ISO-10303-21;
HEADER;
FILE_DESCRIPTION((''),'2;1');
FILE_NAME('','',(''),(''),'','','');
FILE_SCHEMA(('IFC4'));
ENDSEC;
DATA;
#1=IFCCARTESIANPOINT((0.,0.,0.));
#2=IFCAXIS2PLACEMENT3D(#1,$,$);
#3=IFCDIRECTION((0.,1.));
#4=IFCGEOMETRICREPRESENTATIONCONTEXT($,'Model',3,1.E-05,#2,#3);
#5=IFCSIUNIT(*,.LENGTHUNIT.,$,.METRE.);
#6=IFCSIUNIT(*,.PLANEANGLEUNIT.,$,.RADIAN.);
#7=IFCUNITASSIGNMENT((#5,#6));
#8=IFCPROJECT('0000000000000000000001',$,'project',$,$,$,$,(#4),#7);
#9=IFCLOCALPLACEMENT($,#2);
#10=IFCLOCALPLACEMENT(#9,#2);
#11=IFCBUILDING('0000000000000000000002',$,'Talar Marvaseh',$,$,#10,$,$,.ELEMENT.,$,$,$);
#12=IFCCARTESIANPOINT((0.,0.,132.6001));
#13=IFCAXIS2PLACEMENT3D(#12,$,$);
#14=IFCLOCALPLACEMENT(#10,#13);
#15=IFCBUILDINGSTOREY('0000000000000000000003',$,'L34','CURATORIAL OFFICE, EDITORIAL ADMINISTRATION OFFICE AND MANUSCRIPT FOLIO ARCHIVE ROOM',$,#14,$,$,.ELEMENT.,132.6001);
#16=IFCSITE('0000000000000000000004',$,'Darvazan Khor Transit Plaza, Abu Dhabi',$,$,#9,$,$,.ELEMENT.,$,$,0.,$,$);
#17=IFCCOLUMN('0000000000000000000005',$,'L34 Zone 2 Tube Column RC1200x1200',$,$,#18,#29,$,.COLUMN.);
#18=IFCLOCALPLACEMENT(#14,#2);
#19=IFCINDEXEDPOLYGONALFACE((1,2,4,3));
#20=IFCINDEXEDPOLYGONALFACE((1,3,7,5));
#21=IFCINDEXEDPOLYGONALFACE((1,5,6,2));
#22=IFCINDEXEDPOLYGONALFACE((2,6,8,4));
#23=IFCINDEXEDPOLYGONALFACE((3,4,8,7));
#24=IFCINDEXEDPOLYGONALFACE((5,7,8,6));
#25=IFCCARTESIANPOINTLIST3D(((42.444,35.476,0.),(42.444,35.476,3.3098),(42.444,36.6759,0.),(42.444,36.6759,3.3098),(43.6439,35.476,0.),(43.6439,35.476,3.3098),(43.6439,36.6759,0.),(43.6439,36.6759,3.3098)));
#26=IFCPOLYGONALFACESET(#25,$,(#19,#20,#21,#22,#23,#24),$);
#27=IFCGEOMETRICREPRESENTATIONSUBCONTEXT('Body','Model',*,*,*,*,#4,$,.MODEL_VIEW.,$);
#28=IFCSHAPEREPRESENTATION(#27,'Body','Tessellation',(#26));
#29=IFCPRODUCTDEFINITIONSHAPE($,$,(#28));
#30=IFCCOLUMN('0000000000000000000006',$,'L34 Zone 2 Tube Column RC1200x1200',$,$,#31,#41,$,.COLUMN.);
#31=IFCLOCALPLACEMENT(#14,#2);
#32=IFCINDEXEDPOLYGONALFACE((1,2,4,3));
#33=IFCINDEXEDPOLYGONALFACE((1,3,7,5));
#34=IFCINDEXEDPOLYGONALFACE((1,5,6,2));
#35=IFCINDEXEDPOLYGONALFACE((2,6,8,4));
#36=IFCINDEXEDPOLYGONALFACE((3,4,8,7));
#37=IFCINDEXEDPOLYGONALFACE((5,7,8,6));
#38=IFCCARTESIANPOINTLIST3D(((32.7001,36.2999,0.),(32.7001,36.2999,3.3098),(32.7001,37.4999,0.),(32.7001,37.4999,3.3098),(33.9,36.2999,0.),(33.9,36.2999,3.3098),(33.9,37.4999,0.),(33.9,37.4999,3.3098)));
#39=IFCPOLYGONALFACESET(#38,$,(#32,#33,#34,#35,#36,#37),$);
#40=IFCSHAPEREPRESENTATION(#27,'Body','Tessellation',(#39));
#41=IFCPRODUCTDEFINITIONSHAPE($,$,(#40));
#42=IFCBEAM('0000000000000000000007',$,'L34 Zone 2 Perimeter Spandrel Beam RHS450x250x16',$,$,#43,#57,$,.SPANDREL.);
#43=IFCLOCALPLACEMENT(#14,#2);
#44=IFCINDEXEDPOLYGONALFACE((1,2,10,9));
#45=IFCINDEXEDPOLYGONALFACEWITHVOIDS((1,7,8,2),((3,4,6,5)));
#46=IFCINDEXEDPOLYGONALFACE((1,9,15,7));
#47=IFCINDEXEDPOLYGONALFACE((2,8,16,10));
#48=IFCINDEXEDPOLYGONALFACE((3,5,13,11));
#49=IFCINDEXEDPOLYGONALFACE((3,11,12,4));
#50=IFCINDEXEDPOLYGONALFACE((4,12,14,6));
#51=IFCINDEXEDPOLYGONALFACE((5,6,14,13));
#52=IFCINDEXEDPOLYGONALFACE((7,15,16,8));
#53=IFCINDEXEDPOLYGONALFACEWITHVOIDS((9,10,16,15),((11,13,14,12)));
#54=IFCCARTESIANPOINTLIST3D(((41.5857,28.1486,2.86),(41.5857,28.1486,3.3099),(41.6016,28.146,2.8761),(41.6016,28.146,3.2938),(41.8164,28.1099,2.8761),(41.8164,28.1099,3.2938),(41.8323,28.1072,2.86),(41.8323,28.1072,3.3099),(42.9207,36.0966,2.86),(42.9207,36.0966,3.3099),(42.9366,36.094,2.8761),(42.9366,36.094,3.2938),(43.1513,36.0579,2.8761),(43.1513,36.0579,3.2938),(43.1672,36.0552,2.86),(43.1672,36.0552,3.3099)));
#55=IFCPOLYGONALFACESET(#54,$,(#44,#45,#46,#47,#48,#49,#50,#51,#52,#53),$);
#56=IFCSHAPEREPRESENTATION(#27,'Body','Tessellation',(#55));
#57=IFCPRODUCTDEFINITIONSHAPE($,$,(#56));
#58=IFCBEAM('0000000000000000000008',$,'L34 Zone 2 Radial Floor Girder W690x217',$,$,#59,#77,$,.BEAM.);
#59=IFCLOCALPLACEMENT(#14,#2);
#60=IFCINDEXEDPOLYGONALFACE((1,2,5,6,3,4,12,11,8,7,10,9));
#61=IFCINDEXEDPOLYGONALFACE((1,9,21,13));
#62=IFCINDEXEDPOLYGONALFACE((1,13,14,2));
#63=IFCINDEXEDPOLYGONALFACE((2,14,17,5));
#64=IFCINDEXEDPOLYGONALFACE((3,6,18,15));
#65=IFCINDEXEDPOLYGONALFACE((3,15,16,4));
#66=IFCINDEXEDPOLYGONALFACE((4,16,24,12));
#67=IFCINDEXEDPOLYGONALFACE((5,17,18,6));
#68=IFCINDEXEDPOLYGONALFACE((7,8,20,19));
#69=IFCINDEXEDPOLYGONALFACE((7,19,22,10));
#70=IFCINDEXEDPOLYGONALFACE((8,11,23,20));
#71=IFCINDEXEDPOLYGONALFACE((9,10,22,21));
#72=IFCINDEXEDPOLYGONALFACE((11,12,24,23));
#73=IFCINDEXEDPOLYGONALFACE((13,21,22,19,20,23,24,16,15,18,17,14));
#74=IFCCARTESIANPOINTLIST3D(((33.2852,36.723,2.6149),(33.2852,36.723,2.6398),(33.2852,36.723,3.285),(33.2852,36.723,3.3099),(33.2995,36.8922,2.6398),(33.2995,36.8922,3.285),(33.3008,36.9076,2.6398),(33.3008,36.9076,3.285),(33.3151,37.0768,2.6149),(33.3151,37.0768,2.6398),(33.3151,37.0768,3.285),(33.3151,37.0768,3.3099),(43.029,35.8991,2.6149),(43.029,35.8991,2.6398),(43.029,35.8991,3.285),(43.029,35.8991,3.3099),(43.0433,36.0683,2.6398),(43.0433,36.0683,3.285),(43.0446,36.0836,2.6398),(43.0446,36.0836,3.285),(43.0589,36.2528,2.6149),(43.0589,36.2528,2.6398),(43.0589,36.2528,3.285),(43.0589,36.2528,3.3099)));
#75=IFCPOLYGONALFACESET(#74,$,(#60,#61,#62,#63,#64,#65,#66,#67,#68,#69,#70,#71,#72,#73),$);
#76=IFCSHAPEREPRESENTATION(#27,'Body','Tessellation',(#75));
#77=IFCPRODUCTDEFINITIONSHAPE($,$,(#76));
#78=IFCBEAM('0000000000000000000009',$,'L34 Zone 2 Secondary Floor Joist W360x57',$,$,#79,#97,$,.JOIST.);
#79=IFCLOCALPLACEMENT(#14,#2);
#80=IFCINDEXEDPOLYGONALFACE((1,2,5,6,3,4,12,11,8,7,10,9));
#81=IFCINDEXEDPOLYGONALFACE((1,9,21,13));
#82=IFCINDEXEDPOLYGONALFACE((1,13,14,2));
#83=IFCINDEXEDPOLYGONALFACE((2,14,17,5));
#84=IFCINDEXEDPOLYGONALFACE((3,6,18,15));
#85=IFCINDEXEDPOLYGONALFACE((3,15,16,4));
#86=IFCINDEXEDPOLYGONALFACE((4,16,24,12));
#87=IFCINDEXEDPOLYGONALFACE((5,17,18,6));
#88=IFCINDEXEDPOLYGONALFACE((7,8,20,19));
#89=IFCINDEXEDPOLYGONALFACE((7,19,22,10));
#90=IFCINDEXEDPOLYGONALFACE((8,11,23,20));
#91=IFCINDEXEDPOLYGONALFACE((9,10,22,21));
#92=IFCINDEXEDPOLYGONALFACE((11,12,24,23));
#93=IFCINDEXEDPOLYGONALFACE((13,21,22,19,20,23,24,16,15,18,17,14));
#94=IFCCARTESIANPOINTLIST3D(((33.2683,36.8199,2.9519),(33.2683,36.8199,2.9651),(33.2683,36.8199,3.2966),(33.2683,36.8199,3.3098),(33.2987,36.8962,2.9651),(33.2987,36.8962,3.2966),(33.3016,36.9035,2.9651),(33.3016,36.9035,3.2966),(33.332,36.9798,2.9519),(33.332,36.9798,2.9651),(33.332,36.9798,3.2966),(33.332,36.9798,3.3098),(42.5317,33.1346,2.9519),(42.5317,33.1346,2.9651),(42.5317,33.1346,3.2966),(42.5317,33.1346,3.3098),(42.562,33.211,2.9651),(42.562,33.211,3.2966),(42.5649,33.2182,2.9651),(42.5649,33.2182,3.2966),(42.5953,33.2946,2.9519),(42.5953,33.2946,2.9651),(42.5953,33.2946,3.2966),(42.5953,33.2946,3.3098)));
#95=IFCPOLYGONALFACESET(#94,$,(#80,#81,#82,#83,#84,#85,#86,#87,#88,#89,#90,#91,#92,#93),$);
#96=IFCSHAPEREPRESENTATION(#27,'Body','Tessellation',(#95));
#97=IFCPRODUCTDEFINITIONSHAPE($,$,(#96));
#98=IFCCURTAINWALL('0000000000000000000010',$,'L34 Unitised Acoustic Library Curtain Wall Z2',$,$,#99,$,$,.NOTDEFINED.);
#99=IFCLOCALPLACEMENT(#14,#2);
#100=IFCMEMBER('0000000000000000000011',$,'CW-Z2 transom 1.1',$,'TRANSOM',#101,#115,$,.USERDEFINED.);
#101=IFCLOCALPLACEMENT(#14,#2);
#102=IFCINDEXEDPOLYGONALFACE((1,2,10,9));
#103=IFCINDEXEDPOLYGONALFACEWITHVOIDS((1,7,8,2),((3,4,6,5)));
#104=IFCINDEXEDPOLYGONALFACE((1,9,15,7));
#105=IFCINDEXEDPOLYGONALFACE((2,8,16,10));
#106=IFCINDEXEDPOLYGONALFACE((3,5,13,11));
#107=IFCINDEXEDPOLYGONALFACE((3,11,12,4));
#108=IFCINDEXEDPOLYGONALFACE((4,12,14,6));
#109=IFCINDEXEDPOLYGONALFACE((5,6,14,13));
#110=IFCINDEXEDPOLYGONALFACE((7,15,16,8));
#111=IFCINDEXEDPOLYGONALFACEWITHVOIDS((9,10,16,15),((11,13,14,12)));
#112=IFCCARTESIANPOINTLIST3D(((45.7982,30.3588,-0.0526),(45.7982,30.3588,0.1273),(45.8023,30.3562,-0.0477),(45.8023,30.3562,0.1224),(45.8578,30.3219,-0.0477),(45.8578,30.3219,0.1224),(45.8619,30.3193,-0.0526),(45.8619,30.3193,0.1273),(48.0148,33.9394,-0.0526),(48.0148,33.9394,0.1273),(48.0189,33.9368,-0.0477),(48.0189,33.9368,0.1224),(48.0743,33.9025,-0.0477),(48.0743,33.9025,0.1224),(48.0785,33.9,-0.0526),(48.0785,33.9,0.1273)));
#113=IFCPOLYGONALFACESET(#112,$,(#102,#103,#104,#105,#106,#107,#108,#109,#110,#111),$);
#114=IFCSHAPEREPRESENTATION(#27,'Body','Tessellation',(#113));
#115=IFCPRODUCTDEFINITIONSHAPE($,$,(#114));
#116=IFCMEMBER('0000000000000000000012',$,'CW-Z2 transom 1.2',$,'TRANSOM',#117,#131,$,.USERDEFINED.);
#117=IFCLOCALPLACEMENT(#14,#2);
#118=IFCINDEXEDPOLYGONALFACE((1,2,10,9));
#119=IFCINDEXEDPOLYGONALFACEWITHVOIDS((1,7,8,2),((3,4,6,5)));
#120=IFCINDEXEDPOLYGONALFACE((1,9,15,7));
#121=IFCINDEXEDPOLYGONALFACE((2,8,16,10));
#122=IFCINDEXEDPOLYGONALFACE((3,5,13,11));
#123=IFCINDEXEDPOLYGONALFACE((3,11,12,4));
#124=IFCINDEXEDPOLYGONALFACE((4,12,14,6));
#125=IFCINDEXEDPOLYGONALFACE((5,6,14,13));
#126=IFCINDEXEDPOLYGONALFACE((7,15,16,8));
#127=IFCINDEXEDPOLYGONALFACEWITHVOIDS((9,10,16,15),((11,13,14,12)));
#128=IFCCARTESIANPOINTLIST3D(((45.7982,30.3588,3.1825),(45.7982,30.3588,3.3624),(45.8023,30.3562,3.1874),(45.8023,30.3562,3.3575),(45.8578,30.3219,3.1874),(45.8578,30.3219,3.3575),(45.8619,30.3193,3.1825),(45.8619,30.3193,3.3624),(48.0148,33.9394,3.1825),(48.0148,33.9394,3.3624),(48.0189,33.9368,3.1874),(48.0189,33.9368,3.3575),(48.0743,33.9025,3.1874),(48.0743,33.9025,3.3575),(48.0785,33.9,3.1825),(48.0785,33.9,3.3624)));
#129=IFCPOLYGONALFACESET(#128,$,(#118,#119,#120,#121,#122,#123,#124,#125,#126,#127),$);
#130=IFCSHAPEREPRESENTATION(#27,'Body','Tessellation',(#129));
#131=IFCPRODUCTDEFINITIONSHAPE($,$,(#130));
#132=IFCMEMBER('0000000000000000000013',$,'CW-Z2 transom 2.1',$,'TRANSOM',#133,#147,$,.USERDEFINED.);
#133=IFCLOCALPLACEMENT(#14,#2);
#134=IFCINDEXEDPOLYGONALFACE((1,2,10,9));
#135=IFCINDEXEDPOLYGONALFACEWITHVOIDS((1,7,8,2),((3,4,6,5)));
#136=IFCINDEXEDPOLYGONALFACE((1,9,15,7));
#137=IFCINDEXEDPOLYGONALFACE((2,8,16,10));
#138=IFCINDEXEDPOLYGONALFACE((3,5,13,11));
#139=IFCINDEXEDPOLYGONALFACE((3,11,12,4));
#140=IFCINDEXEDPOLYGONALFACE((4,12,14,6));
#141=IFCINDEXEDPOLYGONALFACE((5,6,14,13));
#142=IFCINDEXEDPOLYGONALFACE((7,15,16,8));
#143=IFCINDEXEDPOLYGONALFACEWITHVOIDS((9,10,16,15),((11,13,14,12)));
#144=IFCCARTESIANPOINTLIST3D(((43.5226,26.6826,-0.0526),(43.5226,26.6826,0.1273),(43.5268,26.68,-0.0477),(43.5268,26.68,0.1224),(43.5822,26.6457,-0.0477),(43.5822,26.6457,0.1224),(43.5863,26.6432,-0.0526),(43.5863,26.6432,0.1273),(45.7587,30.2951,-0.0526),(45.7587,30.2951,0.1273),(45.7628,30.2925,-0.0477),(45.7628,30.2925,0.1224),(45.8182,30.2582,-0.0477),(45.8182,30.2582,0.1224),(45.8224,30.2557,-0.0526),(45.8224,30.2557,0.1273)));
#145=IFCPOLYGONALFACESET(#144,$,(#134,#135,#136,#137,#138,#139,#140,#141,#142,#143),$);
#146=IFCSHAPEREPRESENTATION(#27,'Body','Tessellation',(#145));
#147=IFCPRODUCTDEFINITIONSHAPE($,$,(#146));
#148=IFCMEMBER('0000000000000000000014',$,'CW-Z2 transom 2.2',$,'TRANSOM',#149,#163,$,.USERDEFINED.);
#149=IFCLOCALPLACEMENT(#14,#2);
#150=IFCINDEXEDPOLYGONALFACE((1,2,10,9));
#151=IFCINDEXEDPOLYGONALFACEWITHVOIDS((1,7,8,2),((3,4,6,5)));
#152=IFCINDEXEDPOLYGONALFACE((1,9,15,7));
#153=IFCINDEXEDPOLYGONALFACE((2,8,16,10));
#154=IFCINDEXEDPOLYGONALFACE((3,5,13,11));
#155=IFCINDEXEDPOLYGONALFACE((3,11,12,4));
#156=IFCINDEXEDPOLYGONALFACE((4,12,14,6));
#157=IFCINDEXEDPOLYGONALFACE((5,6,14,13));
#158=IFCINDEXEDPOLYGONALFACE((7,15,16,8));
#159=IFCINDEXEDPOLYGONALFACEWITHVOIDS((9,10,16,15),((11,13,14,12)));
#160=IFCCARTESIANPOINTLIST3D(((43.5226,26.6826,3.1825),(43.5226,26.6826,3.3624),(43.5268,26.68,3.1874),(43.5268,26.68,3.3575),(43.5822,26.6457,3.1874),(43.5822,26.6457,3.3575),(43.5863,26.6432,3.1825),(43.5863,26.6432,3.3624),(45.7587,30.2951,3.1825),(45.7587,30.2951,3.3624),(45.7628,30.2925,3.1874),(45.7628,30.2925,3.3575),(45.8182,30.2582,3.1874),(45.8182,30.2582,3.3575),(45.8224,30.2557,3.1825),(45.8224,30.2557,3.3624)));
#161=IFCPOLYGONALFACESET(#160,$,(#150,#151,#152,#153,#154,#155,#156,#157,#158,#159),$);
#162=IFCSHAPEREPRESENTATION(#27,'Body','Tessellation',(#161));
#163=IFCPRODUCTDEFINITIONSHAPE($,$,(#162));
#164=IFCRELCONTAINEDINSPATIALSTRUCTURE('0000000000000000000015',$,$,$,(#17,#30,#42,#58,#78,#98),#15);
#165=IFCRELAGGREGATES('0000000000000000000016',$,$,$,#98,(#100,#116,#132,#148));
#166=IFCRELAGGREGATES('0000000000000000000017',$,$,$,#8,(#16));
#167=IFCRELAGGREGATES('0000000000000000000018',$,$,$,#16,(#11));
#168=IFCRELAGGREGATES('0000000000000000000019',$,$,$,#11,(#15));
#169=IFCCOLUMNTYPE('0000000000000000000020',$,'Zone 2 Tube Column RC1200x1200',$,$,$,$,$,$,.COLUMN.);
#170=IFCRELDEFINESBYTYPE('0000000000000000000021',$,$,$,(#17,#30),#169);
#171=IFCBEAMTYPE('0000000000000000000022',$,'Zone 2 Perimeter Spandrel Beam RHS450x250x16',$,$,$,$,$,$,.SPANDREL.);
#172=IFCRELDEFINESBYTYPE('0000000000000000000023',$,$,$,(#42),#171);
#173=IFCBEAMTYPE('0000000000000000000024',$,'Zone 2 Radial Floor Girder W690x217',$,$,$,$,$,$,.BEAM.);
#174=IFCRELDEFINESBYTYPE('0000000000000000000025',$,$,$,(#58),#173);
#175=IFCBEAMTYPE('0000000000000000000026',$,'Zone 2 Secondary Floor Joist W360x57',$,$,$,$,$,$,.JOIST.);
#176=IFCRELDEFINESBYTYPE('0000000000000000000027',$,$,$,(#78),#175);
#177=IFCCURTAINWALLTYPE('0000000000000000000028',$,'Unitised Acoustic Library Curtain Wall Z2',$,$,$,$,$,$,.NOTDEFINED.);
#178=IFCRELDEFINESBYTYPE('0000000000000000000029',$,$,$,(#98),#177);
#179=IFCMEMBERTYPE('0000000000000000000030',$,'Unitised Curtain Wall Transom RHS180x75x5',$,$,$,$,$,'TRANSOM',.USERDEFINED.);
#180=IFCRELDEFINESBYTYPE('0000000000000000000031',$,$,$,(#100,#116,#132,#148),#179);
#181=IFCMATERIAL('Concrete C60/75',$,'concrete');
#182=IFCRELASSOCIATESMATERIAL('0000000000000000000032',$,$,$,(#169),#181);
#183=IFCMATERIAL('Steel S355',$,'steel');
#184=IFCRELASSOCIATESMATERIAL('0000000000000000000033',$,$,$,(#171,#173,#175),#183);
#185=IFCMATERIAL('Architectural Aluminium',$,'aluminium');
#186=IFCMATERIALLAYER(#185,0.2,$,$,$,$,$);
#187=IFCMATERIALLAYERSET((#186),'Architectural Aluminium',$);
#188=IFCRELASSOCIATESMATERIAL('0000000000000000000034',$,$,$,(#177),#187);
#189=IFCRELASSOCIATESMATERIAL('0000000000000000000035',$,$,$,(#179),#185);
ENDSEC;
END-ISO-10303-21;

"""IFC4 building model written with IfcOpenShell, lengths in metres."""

from ifc_helpers import new_model, si_unit, direction, frame, origin, origin_2d, place, context, subcontext, project, spatial, rectangle, hollow_rectangle, i_section, extrude, source, transform, mapped, material, layer, layer_set, material_profile, profile_set, type_object, type_shapes, element, aggregate, save


model = new_model("IFC4")

# Units and contexts
model_context = context("Model", 3, precision=1e-05, world=origin(), true_north=direction((0.0, 1.0)))
body_context = subcontext(model_context, "Body", "Model", "MODEL_VIEW")
ifc_project = project(units=[si_unit("LENGTHUNIT", "METRE"), si_unit("PLANEANGLEUNIT", "RADIAN")], contexts=[model_context])

# Site, building, storey
site_placement = place(None, origin())
site = spatial("IfcSite", under=ifc_project, at=site_placement, Name="Darvazan Khor Transit Plaza, Abu Dhabi", CompositionType="ELEMENT", RefElevation=0.0)
building_placement = place(site_placement, origin())
building = spatial("IfcBuilding", under=site, at=building_placement, Name="Talar Marvaseh", CompositionType="ELEMENT")
storey_placement = place(building_placement, frame((0.0, 0.0, 132.6001)))
storey = spatial("IfcBuildingStorey", under=building, at=storey_placement, Name="L34", Description="CURATORIAL OFFICE, EDITORIAL ADMINISTRATION OFFICE AND MANUSCRIPT FOLIO ARCHIVE ROOM", CompositionType="ELEMENT", Elevation=132.6001)

# Columns
ifc_material_1 = material(Name="Concrete C60/75", Category="concrete")
ifc_material_profile_1 = material_profile(ifc_material_1, rectangle(XDim=1.2, YDim=1.2, at=origin_2d()), Name="RC1200x1200")
ifc_profile_set_1 = profile_set([ifc_material_profile_1], Name="Concrete C60/75")
column_type = type_object("IfcColumnType", Name="Zone 2 Tube Column RC1200x1200", PredefinedType="COLUMN", material=ifc_profile_set_1)
for number, where, z_axis, x_axis, name in (
    (1, (43.0439, 36.0759, 0.0), (0.0, 0.0, 1.0), (1.0, 0.0, 0.0), "L34 Zone 2 Tube Column RC1200x1200"),
    (2, (33.3, 36.8999, 0.0), (0.0, 0.0, 1.0), (1.0, 0.0, 0.0), "L34 Zone 2 Tube Column RC1200x1200"),
):
    element("IfcColumn", number, at=place(storey_placement, frame(where, z_axis=z_axis, x_axis=x_axis)), inside=storey, type_object=column_type, Name=name, PredefinedType="COLUMN", context=body_context, shape_type="SweptSolid", body=[
        extrude(rectangle(XDim=1.2, YDim=1.2, at=origin_2d()), origin(), (0.0, 0.0, 1.0), 3.3098),
    ])

# Beams
ifc_material_2 = material(Name="Steel S355", Category="steel")
ifc_material_profile_2 = material_profile(ifc_material_2, hollow_rectangle(XDim=0.25, YDim=0.45, WallThickness=0.0161, at=origin_2d()), Name="RHS450x250x16")
ifc_profile_set_2 = profile_set([ifc_material_profile_2], Name="Steel S355")
beam_type_1 = type_object("IfcBeamType", Name="Zone 2 Perimeter Spandrel Beam RHS450x250x16", PredefinedType="SPANDREL", material=ifc_profile_set_2)
beam_1_placement = place(storey_placement, frame((43.0439, 36.0759, 3.085), z_axis=(-0.165642, -0.986186, 0.0), x_axis=(0.986186, -0.165642, 0.0)))
element("IfcBeam", 3, at=beam_1_placement, inside=storey, type_object=beam_type_1, Name="L34 Zone 2 Perimeter Spandrel Beam RHS450x250x16", PredefinedType="SPANDREL", context=body_context, shape_type="SweptSolid", body=[
    extrude(hollow_rectangle(XDim=0.25, YDim=0.45, WallThickness=0.0161, at=origin_2d()), origin(), (0.0, 0.0, 1.0), 8.0593),
])
ifc_material_profile_3 = material_profile(ifc_material_2, i_section(OverallWidth=0.355, OverallDepth=0.6951, WebThickness=0.0154, FlangeThickness=0.0249, at=origin_2d()), Name="W690x217")
ifc_profile_set_3 = profile_set([ifc_material_profile_3], Name="Steel S355")
beam_type_2 = type_object("IfcBeamType", Name="Zone 2 Radial Floor Girder W690x217", PredefinedType="BEAM", material=ifc_profile_set_3)
beam_2_placement = place(storey_placement, frame((43.0439, 36.0759, 2.9624), z_axis=(-0.996444, 0.084262, 0.0), x_axis=(-0.084262, -0.996444, 0.0)))
element("IfcBeam", 4, at=beam_2_placement, inside=storey, type_object=beam_type_2, Name="L34 Zone 2 Radial Floor Girder W690x217", PredefinedType="BEAM", context=body_context, shape_type="SweptSolid", body=[
    extrude(i_section(OverallWidth=0.355, OverallDepth=0.6951, WebThickness=0.0154, FlangeThickness=0.0249, at=origin_2d()), origin(), (0.0, 0.0, 1.0), 9.7786),
])
ifc_material_profile_4 = material_profile(ifc_material_2, i_section(OverallWidth=0.1721, OverallDepth=0.3579, WebThickness=0.0078, FlangeThickness=0.0132, at=origin_2d()), Name="W360x57")
ifc_profile_set_4 = profile_set([ifc_material_profile_4], Name="Steel S355")
beam_type_3 = type_object("IfcBeamType", Name="Zone 2 Secondary Floor Joist W360x57", PredefinedType="JOIST", material=ifc_profile_set_4)
beam_3_placement = place(storey_placement, frame((42.5635, 33.2146, 3.1309), z_axis=(-0.929169, 0.369655, 0.0), x_axis=(-0.369655, -0.929169, 0.0)))
element("IfcBeam", 5, at=beam_3_placement, inside=storey, type_object=beam_type_3, Name="L34 Zone 2 Secondary Floor Joist W360x57", PredefinedType="JOIST", context=body_context, shape_type="SweptSolid", body=[
    extrude(i_section(OverallWidth=0.1721, OverallDepth=0.3579, WebThickness=0.0078, FlangeThickness=0.0132, at=origin_2d()), origin(), (0.0, 0.0, 1.0), 9.9695),
])

# Curtain wall, members
ifc_material_3 = material(Name="Architectural Aluminium", Category="aluminium")
ifc_layer_1 = layer(ifc_material_3, 0.2)
ifc_layer_set_1 = layer_set([ifc_layer_1], Name="Architectural Aluminium")
curtain_wall_type = type_object("IfcCurtainWallType", Name="Unitised Acoustic Library Curtain Wall Z2", PredefinedType="NOTDEFINED", material=ifc_layer_set_1)
curtain_wall_1_placement = place(storey_placement, origin())
curtain_wall_1 = element("IfcCurtainWall", 6, at=curtain_wall_1_placement, inside=storey, type_object=curtain_wall_type, Name="L34 Unitised Acoustic Library Curtain Wall Z2", PredefinedType="NOTDEFINED")
ifc_material_profile_5 = material_profile(ifc_material_3, hollow_rectangle(XDim=0.075, YDim=0.1799, WallThickness=0.0049, at=origin_2d()), Name="RHS180x75x5")
ifc_profile_set_5 = profile_set([ifc_material_profile_5], Name="Architectural Aluminium")
member_type_1 = type_object("IfcMemberType", Name="Unitised Curtain Wall Transom RHS180x75x5", ElementType="TRANSOM", PredefinedType="USERDEFINED", material=ifc_profile_set_5)
shared_shape_1 = source(origin(), body_context, "Body", "SweptSolid", [
    extrude(hollow_rectangle(XDim=0.075, YDim=0.1799, WallThickness=0.0049, at=origin_2d()), origin(), (0.0, 0.0, 1.0), 4.2112),
])
member_1_placement = place(storey_placement, frame((48.0466, 33.9197, 0.0374), z_axis=(-0.526357, -0.850264, 0.0), x_axis=(0.850264, -0.526357, 0.0)))
member_1 = element("IfcMember", 7, at=member_1_placement, type_object=member_type_1, Name="CW-Z2 transom 1.1", ObjectType="TRANSOM", PredefinedType="USERDEFINED", context=body_context, shape_type="MappedRepresentation", body=[
    mapped(shared_shape_1, transform((0.0, 0.0, 0.0), x_axis=(1.0, 0.0, 0.0), y_axis=(0.0, 1.0, 0.0), z_axis=(0.0, 0.0, 1.0), scale=1.0)),
])
member_2_placement = place(storey_placement, frame((48.0466, 33.9197, 3.2725), z_axis=(-0.526357, -0.850264, 0.0), x_axis=(0.850264, -0.526357, 0.0)))
member_2 = element("IfcMember", 8, at=member_2_placement, type_object=member_type_1, Name="CW-Z2 transom 1.2", ObjectType="TRANSOM", PredefinedType="USERDEFINED", context=body_context, shape_type="MappedRepresentation", body=[
    mapped(shared_shape_1, transform((0.0, 0.0, 0.0), x_axis=(1.0, 0.0, 0.0), y_axis=(0.0, 1.0, 0.0), z_axis=(0.0, 0.0, 1.0), scale=1.0)),
])
shared_shape_2 = source(origin(), body_context, "Body", "SweptSolid", [
    extrude(hollow_rectangle(XDim=0.075, YDim=0.1799, WallThickness=0.0049, at=origin_2d()), origin(), (0.0, 0.0, 1.0), 4.2485),
])
type_shapes(member_type_1, [shared_shape_1, shared_shape_2])
member_3_placement = place(storey_placement, frame((45.7905, 30.2754, 0.0374), z_axis=(-0.526311, -0.850292, 0.0), x_axis=(0.850292, -0.526311, 0.0)))
member_3 = element("IfcMember", 9, at=member_3_placement, type_object=member_type_1, Name="CW-Z2 transom 2.1", ObjectType="TRANSOM", PredefinedType="USERDEFINED", context=body_context, shape_type="MappedRepresentation", body=[
    mapped(shared_shape_2, transform((0.0, 0.0, 0.0), x_axis=(1.0, 0.0, 0.0), y_axis=(0.0, 1.0, 0.0), z_axis=(0.0, 0.0, 1.0), scale=1.0)),
])
member_4_placement = place(storey_placement, frame((45.7905, 30.2754, 3.2725), z_axis=(-0.526311, -0.850292, 0.0), x_axis=(0.850292, -0.526311, 0.0)))
member_4 = element("IfcMember", 10, at=member_4_placement, type_object=member_type_1, Name="CW-Z2 transom 2.2", ObjectType="TRANSOM", PredefinedType="USERDEFINED", context=body_context, shape_type="MappedRepresentation", body=[
    mapped(shared_shape_2, transform((0.0, 0.0, 0.0), x_axis=(1.0, 0.0, 0.0), y_axis=(0.0, 1.0, 0.0), z_axis=(0.0, 0.0, 1.0), scale=1.0)),
])

aggregate(curtain_wall_1, [member_1, member_2, member_3, member_4])

save(model, "model.ifc")
